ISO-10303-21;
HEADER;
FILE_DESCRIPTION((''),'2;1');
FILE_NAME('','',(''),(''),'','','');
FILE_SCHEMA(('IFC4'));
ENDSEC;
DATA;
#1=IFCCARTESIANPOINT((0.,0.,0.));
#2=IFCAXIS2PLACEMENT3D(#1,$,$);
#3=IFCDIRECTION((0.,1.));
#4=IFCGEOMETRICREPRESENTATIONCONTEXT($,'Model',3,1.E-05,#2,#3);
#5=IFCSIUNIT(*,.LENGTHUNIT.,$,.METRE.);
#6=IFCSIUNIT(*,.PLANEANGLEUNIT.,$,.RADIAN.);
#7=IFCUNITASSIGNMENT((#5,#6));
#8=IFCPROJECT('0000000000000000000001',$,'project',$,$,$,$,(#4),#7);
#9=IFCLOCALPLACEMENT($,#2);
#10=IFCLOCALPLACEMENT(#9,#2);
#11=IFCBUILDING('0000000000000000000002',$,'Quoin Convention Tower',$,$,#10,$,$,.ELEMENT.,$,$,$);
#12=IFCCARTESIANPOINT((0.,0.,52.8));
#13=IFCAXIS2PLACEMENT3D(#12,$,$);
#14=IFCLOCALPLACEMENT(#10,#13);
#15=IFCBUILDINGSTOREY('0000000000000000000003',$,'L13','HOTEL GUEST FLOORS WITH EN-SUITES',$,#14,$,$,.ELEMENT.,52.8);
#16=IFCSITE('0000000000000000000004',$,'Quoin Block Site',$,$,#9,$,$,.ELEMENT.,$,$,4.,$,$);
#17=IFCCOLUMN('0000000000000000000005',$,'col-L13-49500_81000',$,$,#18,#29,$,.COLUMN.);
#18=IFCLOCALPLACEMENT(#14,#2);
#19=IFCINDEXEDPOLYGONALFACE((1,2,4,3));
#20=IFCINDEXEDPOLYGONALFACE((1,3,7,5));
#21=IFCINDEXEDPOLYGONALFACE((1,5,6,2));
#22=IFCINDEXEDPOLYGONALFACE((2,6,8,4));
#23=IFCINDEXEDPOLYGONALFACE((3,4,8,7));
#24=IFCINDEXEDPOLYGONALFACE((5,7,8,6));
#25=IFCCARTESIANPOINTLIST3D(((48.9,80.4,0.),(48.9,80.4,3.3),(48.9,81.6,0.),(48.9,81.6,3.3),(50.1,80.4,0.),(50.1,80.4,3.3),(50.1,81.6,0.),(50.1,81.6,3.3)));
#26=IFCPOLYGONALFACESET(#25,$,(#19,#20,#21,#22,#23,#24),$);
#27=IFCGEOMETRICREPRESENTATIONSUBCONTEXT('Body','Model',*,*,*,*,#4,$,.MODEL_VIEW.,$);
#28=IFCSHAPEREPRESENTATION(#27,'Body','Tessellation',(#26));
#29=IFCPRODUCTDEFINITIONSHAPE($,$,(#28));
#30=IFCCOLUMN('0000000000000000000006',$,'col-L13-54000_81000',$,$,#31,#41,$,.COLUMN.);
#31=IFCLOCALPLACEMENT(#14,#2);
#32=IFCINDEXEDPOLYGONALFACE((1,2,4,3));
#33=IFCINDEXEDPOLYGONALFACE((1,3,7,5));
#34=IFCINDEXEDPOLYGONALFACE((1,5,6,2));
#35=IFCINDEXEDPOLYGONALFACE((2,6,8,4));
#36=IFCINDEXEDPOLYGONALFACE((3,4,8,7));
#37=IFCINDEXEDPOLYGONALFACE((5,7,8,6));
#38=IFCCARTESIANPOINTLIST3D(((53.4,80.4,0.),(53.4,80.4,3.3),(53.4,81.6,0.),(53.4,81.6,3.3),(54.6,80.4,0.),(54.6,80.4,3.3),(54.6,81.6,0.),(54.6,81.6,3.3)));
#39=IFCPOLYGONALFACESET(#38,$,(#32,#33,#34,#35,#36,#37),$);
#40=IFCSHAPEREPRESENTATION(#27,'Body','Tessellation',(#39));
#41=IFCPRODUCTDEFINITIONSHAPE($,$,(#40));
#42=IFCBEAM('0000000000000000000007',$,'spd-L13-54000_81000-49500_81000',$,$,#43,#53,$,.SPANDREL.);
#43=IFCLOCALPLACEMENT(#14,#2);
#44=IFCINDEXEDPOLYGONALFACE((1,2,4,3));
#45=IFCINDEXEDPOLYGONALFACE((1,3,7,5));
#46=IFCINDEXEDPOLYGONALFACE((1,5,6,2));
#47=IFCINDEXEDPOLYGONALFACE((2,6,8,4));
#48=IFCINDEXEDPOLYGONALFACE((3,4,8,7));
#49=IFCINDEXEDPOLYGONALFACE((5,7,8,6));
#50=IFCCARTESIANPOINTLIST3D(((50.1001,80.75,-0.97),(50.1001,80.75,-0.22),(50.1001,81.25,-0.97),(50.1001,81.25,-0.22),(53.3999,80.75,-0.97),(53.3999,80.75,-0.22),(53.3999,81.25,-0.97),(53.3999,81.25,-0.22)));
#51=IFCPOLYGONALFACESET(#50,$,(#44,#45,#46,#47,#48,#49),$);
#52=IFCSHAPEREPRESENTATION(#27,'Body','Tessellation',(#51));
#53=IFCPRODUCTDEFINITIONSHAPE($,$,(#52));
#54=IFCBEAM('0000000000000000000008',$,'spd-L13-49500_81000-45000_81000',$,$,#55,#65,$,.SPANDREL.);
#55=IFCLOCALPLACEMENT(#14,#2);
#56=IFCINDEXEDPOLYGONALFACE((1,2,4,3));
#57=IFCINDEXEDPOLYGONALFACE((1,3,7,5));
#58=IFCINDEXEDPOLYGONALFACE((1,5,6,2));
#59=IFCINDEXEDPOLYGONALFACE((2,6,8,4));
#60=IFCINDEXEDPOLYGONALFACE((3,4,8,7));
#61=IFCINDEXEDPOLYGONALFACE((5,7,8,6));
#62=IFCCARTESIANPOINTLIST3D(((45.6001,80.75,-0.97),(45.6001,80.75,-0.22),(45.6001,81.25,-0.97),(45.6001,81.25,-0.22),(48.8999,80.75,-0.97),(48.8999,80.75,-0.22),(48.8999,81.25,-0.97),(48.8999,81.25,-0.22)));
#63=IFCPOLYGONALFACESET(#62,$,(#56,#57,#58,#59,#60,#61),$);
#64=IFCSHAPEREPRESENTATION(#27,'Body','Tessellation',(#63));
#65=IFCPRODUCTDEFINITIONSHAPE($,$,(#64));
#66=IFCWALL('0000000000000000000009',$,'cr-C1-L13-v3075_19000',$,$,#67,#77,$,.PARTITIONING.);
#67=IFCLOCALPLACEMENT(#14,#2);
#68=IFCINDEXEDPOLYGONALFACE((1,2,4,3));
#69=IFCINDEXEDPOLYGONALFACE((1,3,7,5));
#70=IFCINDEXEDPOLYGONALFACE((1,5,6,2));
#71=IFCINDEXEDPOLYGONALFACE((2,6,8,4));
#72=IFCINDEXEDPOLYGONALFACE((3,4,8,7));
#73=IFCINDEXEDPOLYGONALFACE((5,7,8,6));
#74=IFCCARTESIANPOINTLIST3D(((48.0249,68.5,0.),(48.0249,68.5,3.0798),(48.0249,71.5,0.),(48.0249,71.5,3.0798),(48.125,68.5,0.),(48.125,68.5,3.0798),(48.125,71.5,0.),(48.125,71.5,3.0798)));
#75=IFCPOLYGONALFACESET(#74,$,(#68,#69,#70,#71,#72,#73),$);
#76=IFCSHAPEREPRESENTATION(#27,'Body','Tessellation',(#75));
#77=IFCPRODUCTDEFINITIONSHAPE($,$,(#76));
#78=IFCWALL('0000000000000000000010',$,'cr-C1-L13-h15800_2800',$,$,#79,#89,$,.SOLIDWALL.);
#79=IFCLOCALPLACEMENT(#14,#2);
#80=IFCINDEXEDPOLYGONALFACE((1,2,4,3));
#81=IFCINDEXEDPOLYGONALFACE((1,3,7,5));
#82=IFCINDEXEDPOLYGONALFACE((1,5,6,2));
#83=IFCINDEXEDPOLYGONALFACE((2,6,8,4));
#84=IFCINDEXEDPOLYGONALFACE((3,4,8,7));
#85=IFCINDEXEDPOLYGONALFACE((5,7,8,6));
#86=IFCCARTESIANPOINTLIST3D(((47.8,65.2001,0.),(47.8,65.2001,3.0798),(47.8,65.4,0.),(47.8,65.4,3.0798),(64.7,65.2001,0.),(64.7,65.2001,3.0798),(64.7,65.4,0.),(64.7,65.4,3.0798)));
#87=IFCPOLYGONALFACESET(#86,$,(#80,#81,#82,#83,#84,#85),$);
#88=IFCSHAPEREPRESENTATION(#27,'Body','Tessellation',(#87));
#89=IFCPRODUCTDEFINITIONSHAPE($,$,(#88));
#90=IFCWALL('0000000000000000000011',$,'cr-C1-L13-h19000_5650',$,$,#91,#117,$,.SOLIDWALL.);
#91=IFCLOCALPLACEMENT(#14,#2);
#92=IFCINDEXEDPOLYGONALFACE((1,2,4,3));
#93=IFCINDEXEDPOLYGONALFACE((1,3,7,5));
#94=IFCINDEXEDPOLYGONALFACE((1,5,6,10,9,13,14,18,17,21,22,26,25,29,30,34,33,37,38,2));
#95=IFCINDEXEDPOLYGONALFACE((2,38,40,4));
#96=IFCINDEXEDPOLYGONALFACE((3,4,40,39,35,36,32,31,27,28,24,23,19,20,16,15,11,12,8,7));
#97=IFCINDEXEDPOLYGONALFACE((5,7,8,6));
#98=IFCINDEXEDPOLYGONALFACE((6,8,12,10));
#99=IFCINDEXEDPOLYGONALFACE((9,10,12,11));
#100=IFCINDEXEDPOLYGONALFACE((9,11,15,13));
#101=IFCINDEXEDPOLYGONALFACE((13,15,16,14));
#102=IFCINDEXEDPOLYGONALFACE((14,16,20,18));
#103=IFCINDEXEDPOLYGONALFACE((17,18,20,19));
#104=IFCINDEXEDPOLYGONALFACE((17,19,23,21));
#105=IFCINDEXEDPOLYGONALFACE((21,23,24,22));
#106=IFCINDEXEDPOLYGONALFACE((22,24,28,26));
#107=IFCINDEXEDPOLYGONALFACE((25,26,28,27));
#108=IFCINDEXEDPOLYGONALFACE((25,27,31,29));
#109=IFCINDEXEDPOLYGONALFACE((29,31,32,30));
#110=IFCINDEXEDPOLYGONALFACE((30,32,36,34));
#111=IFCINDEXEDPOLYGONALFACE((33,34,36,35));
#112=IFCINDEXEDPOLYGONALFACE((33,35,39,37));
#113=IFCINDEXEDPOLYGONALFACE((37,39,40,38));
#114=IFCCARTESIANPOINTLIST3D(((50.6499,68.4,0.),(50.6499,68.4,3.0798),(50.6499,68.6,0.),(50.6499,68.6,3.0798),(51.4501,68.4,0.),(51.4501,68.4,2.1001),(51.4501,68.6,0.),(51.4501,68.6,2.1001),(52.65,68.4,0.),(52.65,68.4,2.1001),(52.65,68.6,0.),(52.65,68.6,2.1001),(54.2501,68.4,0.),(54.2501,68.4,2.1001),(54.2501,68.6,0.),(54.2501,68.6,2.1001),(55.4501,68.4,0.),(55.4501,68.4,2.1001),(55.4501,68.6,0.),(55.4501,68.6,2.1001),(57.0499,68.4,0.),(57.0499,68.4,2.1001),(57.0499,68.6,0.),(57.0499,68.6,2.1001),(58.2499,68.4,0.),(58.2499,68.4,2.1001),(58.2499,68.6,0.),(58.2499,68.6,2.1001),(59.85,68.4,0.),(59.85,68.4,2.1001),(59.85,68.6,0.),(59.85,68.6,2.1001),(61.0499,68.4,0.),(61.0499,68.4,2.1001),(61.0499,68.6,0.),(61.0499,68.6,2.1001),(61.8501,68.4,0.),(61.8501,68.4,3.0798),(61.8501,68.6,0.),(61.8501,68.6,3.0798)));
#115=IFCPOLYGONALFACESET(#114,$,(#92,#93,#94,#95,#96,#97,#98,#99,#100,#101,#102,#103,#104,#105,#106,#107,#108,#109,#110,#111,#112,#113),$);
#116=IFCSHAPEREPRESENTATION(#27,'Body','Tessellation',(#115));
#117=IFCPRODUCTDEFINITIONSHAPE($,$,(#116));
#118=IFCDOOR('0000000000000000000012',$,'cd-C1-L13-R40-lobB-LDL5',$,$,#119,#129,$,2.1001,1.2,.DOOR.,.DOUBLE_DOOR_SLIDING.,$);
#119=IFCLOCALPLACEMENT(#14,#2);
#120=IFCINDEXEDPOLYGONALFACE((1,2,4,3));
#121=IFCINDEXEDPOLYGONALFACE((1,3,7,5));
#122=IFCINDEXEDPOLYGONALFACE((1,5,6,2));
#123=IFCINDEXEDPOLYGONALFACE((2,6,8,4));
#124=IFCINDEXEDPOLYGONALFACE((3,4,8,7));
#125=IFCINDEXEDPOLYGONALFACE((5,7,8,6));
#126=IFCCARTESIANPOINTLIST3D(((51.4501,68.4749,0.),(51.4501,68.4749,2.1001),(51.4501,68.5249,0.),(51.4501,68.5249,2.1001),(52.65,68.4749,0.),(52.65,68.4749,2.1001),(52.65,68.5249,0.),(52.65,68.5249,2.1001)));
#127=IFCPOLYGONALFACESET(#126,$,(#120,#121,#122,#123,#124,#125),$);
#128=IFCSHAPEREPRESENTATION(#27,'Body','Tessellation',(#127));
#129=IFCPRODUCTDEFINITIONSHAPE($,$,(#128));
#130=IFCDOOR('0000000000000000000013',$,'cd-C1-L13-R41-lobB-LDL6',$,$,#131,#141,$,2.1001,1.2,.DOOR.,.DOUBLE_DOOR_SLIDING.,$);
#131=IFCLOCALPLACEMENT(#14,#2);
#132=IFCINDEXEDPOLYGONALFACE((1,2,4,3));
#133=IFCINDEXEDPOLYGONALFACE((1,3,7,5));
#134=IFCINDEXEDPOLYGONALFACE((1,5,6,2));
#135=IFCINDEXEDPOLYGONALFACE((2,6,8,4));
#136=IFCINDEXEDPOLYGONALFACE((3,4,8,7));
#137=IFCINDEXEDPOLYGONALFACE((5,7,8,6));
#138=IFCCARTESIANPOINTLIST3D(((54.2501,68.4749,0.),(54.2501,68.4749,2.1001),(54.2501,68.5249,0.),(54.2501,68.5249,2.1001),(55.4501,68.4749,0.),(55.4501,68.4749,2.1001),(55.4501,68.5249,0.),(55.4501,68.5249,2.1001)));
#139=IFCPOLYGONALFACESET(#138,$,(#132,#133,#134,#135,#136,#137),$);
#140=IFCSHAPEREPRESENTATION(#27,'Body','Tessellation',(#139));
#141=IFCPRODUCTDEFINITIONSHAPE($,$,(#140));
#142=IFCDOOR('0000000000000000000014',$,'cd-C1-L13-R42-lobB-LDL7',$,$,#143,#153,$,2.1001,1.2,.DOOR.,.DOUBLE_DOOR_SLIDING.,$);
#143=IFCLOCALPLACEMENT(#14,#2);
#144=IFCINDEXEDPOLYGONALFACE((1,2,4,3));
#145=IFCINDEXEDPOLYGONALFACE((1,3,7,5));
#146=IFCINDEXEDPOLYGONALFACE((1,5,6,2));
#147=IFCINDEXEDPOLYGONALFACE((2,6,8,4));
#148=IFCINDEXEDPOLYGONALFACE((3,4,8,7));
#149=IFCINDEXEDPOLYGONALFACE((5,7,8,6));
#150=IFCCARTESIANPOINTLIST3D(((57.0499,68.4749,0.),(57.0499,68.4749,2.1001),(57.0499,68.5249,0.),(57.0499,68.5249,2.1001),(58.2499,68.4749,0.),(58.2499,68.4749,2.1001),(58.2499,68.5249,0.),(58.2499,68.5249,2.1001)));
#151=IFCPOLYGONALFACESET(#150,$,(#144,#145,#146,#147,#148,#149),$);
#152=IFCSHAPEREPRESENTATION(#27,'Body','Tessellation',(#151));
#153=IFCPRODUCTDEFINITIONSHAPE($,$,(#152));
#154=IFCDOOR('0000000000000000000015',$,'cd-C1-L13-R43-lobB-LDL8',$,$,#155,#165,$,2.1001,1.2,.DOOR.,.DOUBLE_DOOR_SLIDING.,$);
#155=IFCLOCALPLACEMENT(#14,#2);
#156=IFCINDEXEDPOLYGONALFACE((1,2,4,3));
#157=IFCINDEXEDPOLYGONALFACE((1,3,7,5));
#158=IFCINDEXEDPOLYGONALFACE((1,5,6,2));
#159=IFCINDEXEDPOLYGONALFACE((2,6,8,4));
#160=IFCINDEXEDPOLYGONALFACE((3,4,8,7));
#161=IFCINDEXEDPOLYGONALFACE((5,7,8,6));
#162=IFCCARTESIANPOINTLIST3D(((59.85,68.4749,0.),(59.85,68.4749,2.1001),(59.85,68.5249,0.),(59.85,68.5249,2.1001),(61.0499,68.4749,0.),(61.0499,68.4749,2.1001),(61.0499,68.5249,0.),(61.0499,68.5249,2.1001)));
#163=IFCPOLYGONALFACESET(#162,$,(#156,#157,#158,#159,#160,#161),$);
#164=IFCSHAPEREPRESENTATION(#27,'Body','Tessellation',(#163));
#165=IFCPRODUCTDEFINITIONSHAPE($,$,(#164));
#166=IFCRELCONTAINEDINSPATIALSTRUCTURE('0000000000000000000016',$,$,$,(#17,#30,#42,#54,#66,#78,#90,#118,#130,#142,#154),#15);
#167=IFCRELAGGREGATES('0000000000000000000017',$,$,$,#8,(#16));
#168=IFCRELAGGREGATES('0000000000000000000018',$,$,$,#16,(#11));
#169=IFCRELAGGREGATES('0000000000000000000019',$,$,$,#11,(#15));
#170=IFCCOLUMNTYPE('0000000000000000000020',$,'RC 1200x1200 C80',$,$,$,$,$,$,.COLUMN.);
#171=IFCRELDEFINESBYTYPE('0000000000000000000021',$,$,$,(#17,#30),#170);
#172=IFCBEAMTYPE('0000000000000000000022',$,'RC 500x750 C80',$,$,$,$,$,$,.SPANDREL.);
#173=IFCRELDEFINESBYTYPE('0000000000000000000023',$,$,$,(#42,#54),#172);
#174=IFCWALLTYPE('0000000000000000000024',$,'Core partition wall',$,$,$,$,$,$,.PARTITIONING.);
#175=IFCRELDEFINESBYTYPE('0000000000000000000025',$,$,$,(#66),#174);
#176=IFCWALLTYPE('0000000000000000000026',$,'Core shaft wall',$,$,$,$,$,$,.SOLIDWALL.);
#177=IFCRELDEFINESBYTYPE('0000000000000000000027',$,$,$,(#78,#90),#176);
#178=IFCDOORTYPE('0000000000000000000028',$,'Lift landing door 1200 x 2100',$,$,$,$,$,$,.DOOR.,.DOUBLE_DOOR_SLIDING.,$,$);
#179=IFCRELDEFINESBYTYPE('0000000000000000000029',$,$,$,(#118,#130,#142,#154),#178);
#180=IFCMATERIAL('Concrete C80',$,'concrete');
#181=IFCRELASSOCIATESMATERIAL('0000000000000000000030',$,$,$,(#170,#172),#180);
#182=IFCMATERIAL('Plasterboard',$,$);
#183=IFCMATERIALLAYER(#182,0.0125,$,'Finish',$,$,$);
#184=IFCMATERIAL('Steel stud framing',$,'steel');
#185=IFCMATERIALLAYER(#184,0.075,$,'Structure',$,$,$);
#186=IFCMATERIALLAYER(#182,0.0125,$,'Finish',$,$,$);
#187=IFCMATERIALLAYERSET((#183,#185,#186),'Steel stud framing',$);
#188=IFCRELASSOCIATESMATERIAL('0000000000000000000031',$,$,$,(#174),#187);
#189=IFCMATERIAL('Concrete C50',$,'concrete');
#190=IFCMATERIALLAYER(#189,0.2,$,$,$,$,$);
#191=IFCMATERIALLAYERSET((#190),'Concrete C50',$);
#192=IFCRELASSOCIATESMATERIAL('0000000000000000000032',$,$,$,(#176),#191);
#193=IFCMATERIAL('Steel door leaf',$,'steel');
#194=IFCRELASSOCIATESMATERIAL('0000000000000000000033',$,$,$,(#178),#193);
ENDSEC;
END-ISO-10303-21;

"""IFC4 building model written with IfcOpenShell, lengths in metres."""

from ifc_helpers import new_model, si_unit, direction, frame, frame_2d, origin, origin_2d, place, context, subcontext, project, spatial, rectangle, extrude, material, layer, layer_set, material_profile, profile_set, type_object, element, fill, save


model = new_model("IFC4")

# Units and contexts
model_context = context("Model", 3, precision=1e-05, world=origin(), true_north=direction((0.0, 1.0)))
body_context = subcontext(model_context, "Body", "Model", "MODEL_VIEW")
ifc_project = project(units=[si_unit("LENGTHUNIT", "METRE"), si_unit("PLANEANGLEUNIT", "RADIAN")], contexts=[model_context])

# Site, building, storey
site_placement = place(None, origin())
site = spatial("IfcSite", under=ifc_project, at=site_placement, Name="Quoin Block Site", CompositionType="ELEMENT", RefElevation=4.0)
building_placement = place(site_placement, origin())
building = spatial("IfcBuilding", under=site, at=building_placement, Name="Quoin Convention Tower", CompositionType="ELEMENT")
storey_placement = place(building_placement, frame((0.0, 0.0, 52.8)))
storey = spatial("IfcBuildingStorey", under=building, at=storey_placement, Name="L13", Description="HOTEL GUEST FLOORS WITH EN-SUITES", CompositionType="ELEMENT", Elevation=52.8)

# Columns
ifc_material_1 = material(Name="Concrete C80", Category="concrete")
ifc_material_profile_1 = material_profile(ifc_material_1, rectangle(XDim=1.2, YDim=1.2, at=origin_2d()), Name="RC 1200x1200")
ifc_profile_set_1 = profile_set([ifc_material_profile_1], Name="Concrete C80")
column_type = type_object("IfcColumnType", Name="RC 1200x1200 C80", PredefinedType="COLUMN", material=ifc_profile_set_1)
for number, where, z_axis, x_axis, name in (
    (1, (49.5, 81.0, 0.0), (0.0, 0.0, 1.0), (1.0, 0.0, 0.0), "col-L13-49500_81000"),
    (2, (54.0, 81.0, 0.0), (0.0, 0.0, 1.0), (1.0, 0.0, 0.0), "col-L13-54000_81000"),
):
    element("IfcColumn", number, at=place(storey_placement, frame(where, z_axis=z_axis, x_axis=x_axis)), inside=storey, type_object=column_type, Name=name, PredefinedType="COLUMN", context=body_context, shape_type="SweptSolid", body=[
        extrude(rectangle(XDim=1.2, YDim=1.2, at=origin_2d()), origin(), (0.0, 0.0, 1.0), 3.3),
    ])

# Beams
ifc_material_profile_2 = material_profile(ifc_material_1, rectangle(XDim=0.5, YDim=0.75, at=origin_2d()), Name="RC 500x750")
ifc_profile_set_2 = profile_set([ifc_material_profile_2], Name="Concrete C80")
beam_type = type_object("IfcBeamType", Name="RC 500x750 C80", PredefinedType="SPANDREL", material=ifc_profile_set_2)
for number, where, z_axis, x_axis, name in (
    (3, (53.3999, 81.0, -0.595), (-1.0, 0.0, 0.0), (0.0, -1.0, 0.0), "spd-L13-54000_81000-49500_81000"),
    (4, (48.8999, 81.0, -0.595), (-1.0, 0.0, 0.0), (0.0, -1.0, 0.0), "spd-L13-49500_81000-45000_81000"),
):
    element("IfcBeam", number, at=place(storey_placement, frame(where, z_axis=z_axis, x_axis=x_axis)), inside=storey, type_object=beam_type, Name=name, PredefinedType="SPANDREL", context=body_context, shape_type="SweptSolid", body=[
        extrude(rectangle(XDim=0.5, YDim=0.75, at=origin_2d()), origin(), (0.0, 0.0, 1.0), 3.2998),
    ])

# Walls
ifc_material_2 = material(Name="Plasterboard")
ifc_layer_1 = layer(ifc_material_2, 0.0125, Name="Finish")
ifc_material_3 = material(Name="Steel stud framing", Category="steel")
ifc_layer_2 = layer(ifc_material_3, 0.075, Name="Structure")
ifc_layer_3 = layer(ifc_material_2, 0.0125, Name="Finish")
ifc_layer_set_1 = layer_set([ifc_layer_1, ifc_layer_2, ifc_layer_3], Name="Steel stud framing")
wall_type_1 = type_object("IfcWallType", Name="Core partition wall", PredefinedType="PARTITIONING", material=ifc_layer_set_1)
wall_1_placement = place(storey_placement, frame((48.075, 68.5, 0.0), z_axis=(0.0, 0.0, 1.0), x_axis=(0.0, 1.0, 0.0)))
element("IfcWall", 5, at=wall_1_placement, inside=storey, type_object=wall_type_1, Name="cr-C1-L13-v3075_19000", PredefinedType="PARTITIONING", context=body_context, shape_type="SweptSolid", body=[
    extrude(rectangle(XDim=3.0, YDim=0.1001, at=frame_2d((1.5, 0.0))), origin(), (0.0, 0.0, 1.0), 3.0798),
])
ifc_material_4 = material(Name="Concrete C50", Category="concrete")
ifc_layer_4 = layer(ifc_material_4, 0.2)
ifc_layer_set_2 = layer_set([ifc_layer_4], Name="Concrete C50")
wall_type_2 = type_object("IfcWallType", Name="Core shaft wall", PredefinedType="SOLIDWALL", material=ifc_layer_set_2)
wall_2_placement = place(storey_placement, frame((47.8, 65.3, 0.0), z_axis=(0.0, 0.0, 1.0), x_axis=(1.0, 0.0, 0.0)))
element("IfcWall", 6, at=wall_2_placement, inside=storey, type_object=wall_type_2, Name="cr-C1-L13-h15800_2800", PredefinedType="SOLIDWALL", context=body_context, shape_type="SweptSolid", body=[
    extrude(rectangle(XDim=16.8999, YDim=0.2, at=frame_2d((8.45, 0.0))), origin(), (0.0, 0.0, 1.0), 3.0798),
])

# Wall, openings, doors
wall_3_placement = place(storey_placement, frame((50.6499, 68.5, 0.0), z_axis=(0.0, 0.0, 1.0), x_axis=(1.0, 0.0, 0.0)))
wall_3 = element("IfcWall", 7, at=wall_3_placement, inside=storey, type_object=wall_type_2, Name="cr-C1-L13-h19000_5650", PredefinedType="SOLIDWALL", context=body_context, shape_type="SweptSolid", body=[
    extrude(rectangle(XDim=11.2002, YDim=0.2, at=frame_2d((5.6001, 0.0))), origin(), (0.0, 0.0, 1.0), 3.0798),
])
opening_1_placement = place(wall_3_placement, frame((0.8, 0.0, 0.0)))
opening_1 = element("IfcOpeningElement", 8, at=opening_1_placement, cuts=wall_3, PredefinedType="OPENING", context=body_context, shape_type="SweptSolid", body=[
    extrude(rectangle(XDim=1.2, YDim=2.1001, at=frame_2d((0.6001, 1.05))), frame((0.0, 0.1099, 0.0), z_axis=(0.0, -1.0, 0.0), x_axis=(1.0, 0.0, 0.0)), (0.0, 0.0, 1.0), 0.22),
])
opening_2_placement = place(wall_3_placement, frame((3.6001, 0.0, 0.0)))
opening_2 = element("IfcOpeningElement", 9, at=opening_2_placement, cuts=wall_3, PredefinedType="OPENING", context=body_context, shape_type="SweptSolid", body=[
    extrude(rectangle(XDim=1.2, YDim=2.1001, at=frame_2d((0.6001, 1.05))), frame((0.0, 0.1099, 0.0), z_axis=(0.0, -1.0, 0.0), x_axis=(1.0, 0.0, 0.0)), (0.0, 0.0, 1.0), 0.22),
])
opening_3_placement = place(wall_3_placement, frame((6.3999, 0.0, 0.0)))
opening_3 = element("IfcOpeningElement", 10, at=opening_3_placement, cuts=wall_3, PredefinedType="OPENING", context=body_context, shape_type="SweptSolid", body=[
    extrude(rectangle(XDim=1.2, YDim=2.1001, at=frame_2d((0.6001, 1.05))), frame((0.0, 0.1099, 0.0), z_axis=(0.0, -1.0, 0.0), x_axis=(1.0, 0.0, 0.0)), (0.0, 0.0, 1.0), 0.22),
])
opening_4_placement = place(wall_3_placement, frame((9.2, 0.0, 0.0)))
opening_4 = element("IfcOpeningElement", 11, at=opening_4_placement, cuts=wall_3, PredefinedType="OPENING", context=body_context, shape_type="SweptSolid", body=[
    extrude(rectangle(XDim=1.2, YDim=2.1001, at=frame_2d((0.6001, 1.05))), frame((0.0, 0.1099, 0.0), z_axis=(0.0, -1.0, 0.0), x_axis=(1.0, 0.0, 0.0)), (0.0, 0.0, 1.0), 0.22),
])
ifc_material_5 = material(Name="Steel door leaf", Category="steel")
door_type_1 = type_object("IfcDoorType", Name="Lift landing door 1200 x 2100", OperationType="DOUBLE_DOOR_SLIDING", PredefinedType="DOOR", material=ifc_material_5)
door_1_placement = place(opening_1_placement, origin())
door_1 = element("IfcDoor", 12, at=door_1_placement, inside=storey, type_object=door_type_1, Name="cd-C1-L13-R40-lobB-LDL5", OperationType="DOUBLE_DOOR_SLIDING", OverallHeight=2.1001, OverallWidth=1.2, PredefinedType="DOOR", context=body_context, shape_type="SweptSolid", body=[
    extrude(rectangle(XDim=1.2, YDim=2.1001, at=frame_2d((0.6001, 1.05))), frame((0.0, 0.0249, 0.0), z_axis=(0.0, -1.0, 0.0), x_axis=(1.0, 0.0, 0.0)), (0.0, 0.0, 1.0), 0.05),
])
fill(opening_1, door_1)
door_2_placement = place(opening_2_placement, origin())
door_2 = element("IfcDoor", 13, at=door_2_placement, inside=storey, type_object=door_type_1, Name="cd-C1-L13-R41-lobB-LDL6", OperationType="DOUBLE_DOOR_SLIDING", OverallHeight=2.1001, OverallWidth=1.2, PredefinedType="DOOR", context=body_context, shape_type="SweptSolid", body=[
    extrude(rectangle(XDim=1.2, YDim=2.1001, at=frame_2d((0.6001, 1.05))), frame((0.0, 0.0249, 0.0), z_axis=(0.0, -1.0, 0.0), x_axis=(1.0, 0.0, 0.0)), (0.0, 0.0, 1.0), 0.05),
])
fill(opening_2, door_2)
door_3_placement = place(opening_3_placement, origin())
door_3 = element("IfcDoor", 14, at=door_3_placement, inside=storey, type_object=door_type_1, Name="cd-C1-L13-R42-lobB-LDL7", OperationType="DOUBLE_DOOR_SLIDING", OverallHeight=2.1001, OverallWidth=1.2, PredefinedType="DOOR", context=body_context, shape_type="SweptSolid", body=[
    extrude(rectangle(XDim=1.2, YDim=2.1001, at=frame_2d((0.6001, 1.05))), frame((0.0, 0.0249, 0.0), z_axis=(0.0, -1.0, 0.0), x_axis=(1.0, 0.0, 0.0)), (0.0, 0.0, 1.0), 0.05),
])
fill(opening_3, door_3)
door_4_placement = place(opening_4_placement, origin())
door_4 = element("IfcDoor", 15, at=door_4_placement, inside=storey, type_object=door_type_1, Name="cd-C1-L13-R43-lobB-LDL8", OperationType="DOUBLE_DOOR_SLIDING", OverallHeight=2.1001, OverallWidth=1.2, PredefinedType="DOOR", context=body_context, shape_type="SweptSolid", body=[
    extrude(rectangle(XDim=1.2, YDim=2.1001, at=frame_2d((0.6001, 1.05))), frame((0.0, 0.0249, 0.0), z_axis=(0.0, -1.0, 0.0), x_axis=(1.0, 0.0, 0.0)), (0.0, 0.0, 1.0), 0.05),
])
fill(opening_4, door_4)

save(model, "model.ifc")
